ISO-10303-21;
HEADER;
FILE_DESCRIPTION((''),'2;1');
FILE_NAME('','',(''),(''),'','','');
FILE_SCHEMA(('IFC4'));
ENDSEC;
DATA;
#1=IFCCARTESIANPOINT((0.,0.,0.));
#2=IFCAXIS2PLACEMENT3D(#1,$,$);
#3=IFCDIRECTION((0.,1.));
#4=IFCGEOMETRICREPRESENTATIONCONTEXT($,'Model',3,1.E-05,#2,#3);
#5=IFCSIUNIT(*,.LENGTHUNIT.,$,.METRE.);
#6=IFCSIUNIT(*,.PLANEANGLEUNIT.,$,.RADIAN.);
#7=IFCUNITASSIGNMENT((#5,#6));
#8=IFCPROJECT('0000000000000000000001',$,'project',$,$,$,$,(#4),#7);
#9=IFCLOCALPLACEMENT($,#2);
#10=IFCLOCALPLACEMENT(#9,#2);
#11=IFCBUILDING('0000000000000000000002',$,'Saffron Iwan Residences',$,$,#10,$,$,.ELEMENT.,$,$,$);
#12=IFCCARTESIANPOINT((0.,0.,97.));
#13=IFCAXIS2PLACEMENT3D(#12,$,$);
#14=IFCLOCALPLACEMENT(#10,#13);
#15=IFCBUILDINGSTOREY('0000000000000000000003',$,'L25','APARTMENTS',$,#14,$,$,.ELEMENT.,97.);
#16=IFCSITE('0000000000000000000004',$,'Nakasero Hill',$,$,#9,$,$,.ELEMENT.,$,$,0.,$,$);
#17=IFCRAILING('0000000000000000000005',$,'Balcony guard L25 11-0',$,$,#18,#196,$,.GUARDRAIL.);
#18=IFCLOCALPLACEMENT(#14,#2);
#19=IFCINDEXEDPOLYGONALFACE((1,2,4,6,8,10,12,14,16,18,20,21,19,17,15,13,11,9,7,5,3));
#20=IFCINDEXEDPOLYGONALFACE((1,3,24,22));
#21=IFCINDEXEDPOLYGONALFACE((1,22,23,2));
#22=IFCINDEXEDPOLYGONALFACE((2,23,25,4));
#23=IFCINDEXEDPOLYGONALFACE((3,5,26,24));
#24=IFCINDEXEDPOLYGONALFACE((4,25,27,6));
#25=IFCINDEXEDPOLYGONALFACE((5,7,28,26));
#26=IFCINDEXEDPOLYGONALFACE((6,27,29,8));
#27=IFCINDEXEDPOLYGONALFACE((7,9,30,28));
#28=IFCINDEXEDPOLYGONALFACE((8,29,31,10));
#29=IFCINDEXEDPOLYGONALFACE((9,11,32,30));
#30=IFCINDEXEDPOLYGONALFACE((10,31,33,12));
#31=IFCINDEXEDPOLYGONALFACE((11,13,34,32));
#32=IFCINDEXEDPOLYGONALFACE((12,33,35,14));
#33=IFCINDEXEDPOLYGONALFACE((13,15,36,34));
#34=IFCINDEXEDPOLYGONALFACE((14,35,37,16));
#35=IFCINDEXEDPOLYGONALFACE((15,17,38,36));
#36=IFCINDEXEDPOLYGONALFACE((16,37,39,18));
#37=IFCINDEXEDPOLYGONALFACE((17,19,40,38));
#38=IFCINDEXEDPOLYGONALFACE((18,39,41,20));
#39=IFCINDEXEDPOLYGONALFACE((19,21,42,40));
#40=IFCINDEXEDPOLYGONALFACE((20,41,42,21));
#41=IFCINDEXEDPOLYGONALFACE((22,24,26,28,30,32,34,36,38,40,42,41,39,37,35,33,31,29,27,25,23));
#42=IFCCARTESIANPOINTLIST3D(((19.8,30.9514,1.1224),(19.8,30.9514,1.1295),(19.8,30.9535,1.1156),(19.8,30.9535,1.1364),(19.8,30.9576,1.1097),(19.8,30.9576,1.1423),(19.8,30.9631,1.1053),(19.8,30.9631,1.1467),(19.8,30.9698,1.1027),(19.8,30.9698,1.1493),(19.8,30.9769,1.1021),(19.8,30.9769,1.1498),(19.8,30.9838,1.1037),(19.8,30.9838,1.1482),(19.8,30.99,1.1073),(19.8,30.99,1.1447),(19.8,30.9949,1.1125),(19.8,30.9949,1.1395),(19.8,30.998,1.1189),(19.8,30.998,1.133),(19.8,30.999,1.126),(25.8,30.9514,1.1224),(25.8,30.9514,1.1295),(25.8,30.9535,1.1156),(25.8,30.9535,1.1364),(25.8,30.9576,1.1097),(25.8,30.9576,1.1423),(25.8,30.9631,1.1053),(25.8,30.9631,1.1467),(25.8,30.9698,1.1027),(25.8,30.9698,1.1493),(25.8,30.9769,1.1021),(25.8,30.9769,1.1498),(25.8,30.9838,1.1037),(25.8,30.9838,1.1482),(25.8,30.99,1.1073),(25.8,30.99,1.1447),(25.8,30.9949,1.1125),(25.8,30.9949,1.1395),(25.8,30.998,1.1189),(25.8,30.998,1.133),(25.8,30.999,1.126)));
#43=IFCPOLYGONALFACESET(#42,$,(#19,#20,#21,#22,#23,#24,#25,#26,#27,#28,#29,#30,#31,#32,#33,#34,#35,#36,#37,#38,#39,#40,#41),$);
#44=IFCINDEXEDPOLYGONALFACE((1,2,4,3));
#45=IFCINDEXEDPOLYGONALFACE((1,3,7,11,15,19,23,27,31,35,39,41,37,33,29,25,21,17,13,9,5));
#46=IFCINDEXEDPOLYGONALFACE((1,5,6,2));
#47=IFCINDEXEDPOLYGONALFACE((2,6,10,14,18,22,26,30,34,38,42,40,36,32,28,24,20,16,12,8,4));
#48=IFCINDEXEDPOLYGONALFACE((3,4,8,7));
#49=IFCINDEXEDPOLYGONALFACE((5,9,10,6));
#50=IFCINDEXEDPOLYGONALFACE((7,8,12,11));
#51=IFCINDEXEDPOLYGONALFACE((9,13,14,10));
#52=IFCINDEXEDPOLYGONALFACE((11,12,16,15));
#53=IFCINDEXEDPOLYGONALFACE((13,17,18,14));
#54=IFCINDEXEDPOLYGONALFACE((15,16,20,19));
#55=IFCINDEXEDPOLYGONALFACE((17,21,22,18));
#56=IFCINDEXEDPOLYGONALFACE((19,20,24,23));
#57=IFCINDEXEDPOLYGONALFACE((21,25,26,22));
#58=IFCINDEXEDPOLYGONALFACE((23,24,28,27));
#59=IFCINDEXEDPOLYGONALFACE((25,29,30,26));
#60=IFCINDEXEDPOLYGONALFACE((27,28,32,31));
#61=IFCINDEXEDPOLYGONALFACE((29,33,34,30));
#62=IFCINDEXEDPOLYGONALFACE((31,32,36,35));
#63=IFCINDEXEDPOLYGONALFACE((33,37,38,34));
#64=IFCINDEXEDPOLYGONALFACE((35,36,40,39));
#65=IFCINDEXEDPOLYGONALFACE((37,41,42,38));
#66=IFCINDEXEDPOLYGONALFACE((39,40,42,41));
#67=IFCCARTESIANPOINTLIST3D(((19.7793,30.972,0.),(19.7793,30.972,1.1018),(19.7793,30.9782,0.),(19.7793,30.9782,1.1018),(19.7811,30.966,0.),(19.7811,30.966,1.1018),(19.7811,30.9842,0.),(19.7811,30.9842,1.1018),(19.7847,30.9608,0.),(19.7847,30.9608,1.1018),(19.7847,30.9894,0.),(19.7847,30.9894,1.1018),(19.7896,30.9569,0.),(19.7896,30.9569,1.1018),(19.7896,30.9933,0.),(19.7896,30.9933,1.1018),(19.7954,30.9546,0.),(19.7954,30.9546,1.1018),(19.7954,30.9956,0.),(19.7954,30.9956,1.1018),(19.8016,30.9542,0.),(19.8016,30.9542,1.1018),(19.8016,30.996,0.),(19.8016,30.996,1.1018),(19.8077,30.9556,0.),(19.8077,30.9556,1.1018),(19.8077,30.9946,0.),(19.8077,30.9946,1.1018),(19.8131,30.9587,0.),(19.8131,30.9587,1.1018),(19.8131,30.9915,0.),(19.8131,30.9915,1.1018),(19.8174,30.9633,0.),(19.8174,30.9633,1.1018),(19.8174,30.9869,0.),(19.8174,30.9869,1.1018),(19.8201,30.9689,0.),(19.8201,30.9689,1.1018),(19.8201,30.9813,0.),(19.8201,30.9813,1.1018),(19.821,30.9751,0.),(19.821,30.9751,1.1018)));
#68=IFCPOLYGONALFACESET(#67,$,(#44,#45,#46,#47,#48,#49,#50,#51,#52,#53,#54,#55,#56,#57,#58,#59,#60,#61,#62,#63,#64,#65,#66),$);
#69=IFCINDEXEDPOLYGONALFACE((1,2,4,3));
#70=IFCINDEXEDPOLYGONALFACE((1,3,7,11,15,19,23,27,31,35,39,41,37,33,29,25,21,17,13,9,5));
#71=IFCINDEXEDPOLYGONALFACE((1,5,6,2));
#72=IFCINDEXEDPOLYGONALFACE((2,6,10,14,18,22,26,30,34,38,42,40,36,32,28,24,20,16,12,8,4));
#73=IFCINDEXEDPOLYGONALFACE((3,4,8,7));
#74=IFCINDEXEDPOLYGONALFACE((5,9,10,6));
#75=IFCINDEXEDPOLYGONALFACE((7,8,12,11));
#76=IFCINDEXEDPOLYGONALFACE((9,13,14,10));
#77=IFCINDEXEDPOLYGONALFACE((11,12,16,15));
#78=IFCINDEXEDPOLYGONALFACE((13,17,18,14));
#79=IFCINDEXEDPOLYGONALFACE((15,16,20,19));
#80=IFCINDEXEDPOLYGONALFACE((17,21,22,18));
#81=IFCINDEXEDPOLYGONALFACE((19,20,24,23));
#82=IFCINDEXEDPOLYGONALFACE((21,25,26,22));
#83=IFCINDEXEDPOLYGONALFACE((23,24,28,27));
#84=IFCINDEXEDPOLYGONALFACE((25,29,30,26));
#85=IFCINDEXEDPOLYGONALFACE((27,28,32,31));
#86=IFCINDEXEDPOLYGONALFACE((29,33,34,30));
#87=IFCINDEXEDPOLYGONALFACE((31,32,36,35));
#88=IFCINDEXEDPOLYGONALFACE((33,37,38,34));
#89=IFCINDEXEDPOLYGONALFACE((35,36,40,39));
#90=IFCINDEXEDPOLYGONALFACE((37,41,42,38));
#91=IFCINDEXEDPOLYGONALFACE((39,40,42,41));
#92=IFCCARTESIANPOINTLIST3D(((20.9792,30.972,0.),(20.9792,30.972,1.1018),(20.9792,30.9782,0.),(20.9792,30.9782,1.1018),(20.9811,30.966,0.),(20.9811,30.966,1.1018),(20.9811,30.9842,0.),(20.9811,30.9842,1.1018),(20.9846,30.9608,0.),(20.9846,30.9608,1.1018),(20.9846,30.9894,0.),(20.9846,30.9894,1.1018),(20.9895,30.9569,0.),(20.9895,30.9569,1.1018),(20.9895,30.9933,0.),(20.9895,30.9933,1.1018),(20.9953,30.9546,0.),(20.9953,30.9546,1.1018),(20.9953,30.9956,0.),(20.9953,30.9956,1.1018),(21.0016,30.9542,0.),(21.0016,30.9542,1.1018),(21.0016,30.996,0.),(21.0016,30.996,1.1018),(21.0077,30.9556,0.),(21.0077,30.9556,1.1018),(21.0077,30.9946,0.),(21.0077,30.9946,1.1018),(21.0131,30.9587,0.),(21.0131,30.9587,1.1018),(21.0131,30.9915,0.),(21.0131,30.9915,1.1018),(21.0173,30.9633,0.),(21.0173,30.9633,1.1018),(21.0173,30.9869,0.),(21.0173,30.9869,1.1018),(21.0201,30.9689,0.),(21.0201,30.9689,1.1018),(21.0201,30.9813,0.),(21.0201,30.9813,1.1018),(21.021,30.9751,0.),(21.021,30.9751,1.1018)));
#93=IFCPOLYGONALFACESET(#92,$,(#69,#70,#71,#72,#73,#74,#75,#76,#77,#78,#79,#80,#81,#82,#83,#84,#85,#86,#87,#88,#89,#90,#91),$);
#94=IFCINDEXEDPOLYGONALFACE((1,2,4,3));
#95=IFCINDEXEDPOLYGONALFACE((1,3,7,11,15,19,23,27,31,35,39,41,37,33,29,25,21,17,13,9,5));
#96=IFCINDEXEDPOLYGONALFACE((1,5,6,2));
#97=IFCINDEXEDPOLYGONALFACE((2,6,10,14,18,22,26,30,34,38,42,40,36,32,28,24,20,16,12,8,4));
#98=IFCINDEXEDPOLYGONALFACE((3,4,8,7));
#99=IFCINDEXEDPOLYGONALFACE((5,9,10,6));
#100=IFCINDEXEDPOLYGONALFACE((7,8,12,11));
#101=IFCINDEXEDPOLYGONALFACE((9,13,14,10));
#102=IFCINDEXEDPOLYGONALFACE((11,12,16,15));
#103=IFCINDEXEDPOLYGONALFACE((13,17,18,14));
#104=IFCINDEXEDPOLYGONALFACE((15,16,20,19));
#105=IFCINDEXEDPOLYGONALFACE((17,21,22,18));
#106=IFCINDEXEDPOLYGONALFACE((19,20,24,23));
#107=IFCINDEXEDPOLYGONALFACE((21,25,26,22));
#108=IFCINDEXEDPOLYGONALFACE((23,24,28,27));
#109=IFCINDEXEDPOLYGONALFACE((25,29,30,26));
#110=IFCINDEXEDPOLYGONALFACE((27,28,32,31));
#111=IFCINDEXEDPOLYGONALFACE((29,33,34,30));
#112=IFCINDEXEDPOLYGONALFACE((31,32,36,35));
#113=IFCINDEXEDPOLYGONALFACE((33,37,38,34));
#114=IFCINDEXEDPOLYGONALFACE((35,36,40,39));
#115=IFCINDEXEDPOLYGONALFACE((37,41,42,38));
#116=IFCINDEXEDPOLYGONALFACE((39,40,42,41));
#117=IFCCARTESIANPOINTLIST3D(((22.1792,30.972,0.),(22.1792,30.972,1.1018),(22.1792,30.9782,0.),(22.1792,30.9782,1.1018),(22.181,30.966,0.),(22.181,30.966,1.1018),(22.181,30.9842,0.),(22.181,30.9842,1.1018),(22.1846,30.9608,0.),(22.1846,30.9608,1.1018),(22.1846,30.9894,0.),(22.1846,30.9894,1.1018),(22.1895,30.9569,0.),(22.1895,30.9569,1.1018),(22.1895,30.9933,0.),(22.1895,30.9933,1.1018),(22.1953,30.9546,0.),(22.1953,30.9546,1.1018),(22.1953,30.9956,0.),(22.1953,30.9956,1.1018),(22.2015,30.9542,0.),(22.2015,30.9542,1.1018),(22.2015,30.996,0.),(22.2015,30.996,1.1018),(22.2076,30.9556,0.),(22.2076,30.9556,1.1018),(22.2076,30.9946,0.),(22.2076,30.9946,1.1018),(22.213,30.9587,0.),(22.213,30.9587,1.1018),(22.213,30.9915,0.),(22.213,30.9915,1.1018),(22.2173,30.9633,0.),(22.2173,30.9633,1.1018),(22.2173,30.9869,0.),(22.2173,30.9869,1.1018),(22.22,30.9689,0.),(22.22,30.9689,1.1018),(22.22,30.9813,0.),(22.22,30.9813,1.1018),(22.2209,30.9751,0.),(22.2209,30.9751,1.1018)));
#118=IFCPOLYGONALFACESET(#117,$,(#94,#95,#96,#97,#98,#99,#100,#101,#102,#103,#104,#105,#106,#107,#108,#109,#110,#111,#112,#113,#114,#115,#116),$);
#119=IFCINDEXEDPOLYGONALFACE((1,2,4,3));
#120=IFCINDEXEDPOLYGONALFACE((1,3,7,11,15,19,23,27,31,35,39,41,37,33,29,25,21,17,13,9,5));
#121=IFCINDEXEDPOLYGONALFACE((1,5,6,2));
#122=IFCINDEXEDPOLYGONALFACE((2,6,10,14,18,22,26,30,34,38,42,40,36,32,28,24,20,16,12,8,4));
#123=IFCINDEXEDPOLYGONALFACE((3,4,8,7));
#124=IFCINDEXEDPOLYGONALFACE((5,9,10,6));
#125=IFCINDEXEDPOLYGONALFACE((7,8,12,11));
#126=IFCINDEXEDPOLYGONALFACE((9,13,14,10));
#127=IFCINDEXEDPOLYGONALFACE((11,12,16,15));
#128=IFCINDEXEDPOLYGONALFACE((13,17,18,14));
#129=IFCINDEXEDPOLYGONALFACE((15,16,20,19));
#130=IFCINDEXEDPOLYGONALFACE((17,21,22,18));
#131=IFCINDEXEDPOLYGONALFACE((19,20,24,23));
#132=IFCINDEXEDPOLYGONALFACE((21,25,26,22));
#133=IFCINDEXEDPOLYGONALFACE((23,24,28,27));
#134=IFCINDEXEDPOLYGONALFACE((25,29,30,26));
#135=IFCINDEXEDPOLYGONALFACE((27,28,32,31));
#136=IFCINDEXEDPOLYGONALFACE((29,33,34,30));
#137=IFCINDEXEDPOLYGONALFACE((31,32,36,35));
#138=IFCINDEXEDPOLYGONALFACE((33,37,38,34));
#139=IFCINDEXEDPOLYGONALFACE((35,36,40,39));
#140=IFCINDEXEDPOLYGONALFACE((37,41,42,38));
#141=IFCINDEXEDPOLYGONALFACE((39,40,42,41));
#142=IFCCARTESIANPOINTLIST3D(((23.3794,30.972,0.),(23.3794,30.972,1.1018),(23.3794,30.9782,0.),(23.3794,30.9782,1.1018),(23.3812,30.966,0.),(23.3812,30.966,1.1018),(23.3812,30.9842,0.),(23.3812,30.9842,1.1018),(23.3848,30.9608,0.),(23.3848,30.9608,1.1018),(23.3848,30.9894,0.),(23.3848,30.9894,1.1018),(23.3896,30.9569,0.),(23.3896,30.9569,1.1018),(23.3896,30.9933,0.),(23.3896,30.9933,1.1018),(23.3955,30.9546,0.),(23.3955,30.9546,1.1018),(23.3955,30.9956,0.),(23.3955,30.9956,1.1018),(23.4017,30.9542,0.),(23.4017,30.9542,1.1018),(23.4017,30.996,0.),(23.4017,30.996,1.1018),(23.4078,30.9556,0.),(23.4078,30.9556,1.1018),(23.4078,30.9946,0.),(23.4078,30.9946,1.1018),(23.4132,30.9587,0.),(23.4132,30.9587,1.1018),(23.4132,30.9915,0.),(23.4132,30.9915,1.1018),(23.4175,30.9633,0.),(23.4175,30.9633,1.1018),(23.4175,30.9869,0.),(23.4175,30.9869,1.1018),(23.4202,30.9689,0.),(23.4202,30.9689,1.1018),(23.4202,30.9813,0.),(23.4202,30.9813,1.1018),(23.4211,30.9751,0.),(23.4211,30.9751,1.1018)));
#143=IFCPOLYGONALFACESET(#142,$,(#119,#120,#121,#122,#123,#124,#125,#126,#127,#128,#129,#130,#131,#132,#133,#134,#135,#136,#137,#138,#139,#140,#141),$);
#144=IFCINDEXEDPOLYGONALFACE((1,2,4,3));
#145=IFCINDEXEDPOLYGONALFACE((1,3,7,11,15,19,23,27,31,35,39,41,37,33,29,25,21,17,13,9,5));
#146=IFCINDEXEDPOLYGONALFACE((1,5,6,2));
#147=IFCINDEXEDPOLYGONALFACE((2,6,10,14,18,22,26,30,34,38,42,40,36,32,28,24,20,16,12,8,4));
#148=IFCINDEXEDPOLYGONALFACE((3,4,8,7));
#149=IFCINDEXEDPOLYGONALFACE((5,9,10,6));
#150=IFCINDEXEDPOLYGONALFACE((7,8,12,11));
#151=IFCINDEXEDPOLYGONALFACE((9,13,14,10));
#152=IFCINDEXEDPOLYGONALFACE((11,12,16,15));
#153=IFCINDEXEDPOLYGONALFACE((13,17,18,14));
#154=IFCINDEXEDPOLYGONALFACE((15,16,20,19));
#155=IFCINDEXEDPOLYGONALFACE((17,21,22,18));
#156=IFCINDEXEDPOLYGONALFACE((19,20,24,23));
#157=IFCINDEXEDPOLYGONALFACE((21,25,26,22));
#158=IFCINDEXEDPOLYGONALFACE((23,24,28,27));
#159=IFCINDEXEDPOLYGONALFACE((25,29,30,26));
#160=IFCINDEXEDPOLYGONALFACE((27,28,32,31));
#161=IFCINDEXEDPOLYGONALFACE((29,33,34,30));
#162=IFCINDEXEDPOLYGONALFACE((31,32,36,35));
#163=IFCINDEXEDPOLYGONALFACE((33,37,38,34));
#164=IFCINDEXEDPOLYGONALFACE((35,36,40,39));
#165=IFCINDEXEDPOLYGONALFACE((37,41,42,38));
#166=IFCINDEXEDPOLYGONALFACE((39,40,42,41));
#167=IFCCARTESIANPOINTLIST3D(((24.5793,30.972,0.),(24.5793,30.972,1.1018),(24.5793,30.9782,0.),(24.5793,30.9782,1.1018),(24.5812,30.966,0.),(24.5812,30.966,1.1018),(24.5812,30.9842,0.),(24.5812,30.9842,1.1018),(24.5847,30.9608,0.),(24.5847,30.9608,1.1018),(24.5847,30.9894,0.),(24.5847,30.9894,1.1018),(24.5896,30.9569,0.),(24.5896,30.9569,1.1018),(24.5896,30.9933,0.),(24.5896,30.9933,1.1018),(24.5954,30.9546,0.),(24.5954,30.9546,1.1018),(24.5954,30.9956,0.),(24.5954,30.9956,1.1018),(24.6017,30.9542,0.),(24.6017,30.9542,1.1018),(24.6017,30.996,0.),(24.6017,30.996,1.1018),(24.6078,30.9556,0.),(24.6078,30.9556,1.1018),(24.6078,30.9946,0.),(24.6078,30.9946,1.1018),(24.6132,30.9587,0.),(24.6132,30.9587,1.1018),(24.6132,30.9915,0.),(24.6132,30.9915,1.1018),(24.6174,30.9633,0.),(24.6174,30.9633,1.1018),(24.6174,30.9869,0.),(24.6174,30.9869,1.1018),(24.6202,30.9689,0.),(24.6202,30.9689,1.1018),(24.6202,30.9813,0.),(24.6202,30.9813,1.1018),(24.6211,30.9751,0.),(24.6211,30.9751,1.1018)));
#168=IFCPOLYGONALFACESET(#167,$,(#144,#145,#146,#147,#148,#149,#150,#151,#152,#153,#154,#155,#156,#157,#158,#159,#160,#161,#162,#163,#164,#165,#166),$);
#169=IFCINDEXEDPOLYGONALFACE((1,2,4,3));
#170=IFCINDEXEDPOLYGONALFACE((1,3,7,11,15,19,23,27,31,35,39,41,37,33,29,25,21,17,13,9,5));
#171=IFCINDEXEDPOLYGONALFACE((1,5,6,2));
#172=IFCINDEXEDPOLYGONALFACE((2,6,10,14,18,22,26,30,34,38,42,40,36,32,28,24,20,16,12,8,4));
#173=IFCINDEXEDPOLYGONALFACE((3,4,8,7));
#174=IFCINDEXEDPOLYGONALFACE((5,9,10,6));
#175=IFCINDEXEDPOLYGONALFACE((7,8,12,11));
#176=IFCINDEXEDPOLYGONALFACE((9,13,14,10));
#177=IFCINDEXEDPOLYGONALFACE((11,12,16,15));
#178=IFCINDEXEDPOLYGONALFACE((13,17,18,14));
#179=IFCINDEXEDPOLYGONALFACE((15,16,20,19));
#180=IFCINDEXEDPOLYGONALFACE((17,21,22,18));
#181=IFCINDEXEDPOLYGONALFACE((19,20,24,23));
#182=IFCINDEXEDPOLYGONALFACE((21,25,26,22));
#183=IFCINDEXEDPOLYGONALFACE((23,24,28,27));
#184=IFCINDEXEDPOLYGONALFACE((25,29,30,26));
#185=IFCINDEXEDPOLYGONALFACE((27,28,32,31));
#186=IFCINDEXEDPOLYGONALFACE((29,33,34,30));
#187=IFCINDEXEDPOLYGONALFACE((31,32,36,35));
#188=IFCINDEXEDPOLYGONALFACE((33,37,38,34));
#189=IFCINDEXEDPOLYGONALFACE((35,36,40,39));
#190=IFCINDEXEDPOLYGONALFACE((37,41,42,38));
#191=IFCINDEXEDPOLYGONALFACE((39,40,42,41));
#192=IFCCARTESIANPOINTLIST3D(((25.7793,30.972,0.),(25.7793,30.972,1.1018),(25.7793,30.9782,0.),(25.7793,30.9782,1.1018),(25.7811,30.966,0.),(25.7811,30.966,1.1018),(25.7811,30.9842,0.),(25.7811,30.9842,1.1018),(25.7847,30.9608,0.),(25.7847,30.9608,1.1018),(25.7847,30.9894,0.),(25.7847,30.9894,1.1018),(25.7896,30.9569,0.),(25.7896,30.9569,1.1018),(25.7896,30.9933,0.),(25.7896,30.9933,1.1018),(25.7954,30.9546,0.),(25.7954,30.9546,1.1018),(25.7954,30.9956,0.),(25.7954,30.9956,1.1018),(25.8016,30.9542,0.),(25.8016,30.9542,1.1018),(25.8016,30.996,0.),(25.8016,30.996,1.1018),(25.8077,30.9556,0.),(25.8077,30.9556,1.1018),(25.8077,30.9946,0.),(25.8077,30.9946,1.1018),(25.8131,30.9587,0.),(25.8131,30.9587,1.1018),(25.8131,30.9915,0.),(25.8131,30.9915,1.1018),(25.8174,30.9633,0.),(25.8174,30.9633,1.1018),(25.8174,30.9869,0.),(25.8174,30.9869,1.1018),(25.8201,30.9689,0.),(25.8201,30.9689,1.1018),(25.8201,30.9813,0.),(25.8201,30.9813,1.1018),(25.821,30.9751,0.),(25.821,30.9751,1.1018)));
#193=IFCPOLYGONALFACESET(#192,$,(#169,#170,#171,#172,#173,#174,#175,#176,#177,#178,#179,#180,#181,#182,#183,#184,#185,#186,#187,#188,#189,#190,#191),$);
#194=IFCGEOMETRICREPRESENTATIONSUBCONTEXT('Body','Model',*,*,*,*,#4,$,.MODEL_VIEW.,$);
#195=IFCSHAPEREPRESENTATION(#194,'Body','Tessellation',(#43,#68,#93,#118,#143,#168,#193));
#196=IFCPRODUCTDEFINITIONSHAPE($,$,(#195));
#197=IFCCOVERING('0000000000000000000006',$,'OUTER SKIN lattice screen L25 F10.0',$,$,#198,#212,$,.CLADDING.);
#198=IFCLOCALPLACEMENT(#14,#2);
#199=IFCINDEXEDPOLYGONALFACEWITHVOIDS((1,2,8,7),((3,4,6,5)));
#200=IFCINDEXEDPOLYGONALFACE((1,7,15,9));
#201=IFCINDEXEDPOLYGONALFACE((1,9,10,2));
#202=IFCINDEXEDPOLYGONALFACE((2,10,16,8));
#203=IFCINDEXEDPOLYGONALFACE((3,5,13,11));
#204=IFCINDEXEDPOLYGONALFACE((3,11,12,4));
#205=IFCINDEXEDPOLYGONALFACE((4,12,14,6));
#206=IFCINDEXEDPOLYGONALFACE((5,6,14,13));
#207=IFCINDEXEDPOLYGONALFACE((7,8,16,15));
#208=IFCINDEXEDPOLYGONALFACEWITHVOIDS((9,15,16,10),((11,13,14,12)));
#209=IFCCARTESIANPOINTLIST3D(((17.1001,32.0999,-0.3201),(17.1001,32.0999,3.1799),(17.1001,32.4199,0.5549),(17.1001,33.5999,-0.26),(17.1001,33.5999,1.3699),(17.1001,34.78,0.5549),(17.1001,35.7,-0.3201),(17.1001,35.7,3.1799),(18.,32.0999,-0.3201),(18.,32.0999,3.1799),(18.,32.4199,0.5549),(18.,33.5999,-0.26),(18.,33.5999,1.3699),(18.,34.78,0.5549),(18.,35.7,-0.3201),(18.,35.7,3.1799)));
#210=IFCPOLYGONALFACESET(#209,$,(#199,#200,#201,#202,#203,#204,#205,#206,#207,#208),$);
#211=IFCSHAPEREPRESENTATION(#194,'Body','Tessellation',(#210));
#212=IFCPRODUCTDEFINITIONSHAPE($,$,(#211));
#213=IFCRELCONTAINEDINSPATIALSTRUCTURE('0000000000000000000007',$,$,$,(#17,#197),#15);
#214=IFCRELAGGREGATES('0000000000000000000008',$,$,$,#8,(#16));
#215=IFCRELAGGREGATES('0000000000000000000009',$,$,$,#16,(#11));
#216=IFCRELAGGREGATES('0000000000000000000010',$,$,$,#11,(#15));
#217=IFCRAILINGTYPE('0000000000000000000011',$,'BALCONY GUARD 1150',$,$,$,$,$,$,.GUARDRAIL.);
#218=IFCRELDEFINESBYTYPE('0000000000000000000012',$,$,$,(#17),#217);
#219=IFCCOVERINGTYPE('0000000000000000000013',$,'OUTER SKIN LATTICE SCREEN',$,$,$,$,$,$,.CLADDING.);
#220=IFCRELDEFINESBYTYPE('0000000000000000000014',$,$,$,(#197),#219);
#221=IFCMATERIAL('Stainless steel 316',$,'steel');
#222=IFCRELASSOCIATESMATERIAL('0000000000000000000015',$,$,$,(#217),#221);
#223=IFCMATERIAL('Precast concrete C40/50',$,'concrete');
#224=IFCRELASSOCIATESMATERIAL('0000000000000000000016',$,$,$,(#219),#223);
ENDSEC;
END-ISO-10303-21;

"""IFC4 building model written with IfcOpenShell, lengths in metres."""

from ifc_helpers import new_model, si_unit, direction, frame, origin, origin_2d, place, context, subcontext, project, spatial, polyline, circle, outline, extrude, material, type_object, element, save


model = new_model("IFC4")

# Units and contexts
model_context = context("Model", 3, precision=1e-05, world=origin(), true_north=direction((0.0, 1.0)))
body_context = subcontext(model_context, "Body", "Model", "MODEL_VIEW")
ifc_project = project(units=[si_unit("LENGTHUNIT", "METRE"), si_unit("PLANEANGLEUNIT", "RADIAN")], contexts=[model_context])

# Site, building, storey
site_placement = place(None, origin())
site = spatial("IfcSite", under=ifc_project, at=site_placement, Name="Nakasero Hill", CompositionType="ELEMENT", RefElevation=0.0)
building_placement = place(site_placement, origin())
building = spatial("IfcBuilding", under=site, at=building_placement, Name="Saffron Iwan Residences", CompositionType="ELEMENT")
storey_placement = place(building_placement, frame((0.0, 0.0, 97.0)))
storey = spatial("IfcBuildingStorey", under=building, at=storey_placement, Name="L25", Description="APARTMENTS", CompositionType="ELEMENT", Elevation=97.0)

# Railing
ifc_material_1 = material(Name="Stainless steel 316", Category="steel")
railing_type = type_object("IfcRailingType", Name="BALCONY GUARD 1150", PredefinedType="GUARDRAIL", material=ifc_material_1)
railing_placement = place(storey_placement, frame((19.8, 30.9751, 0.0)))
element("IfcRailing", 1, at=railing_placement, inside=storey, type_object=railing_type, Name="Balcony guard L25 11-0", PredefinedType="GUARDRAIL", context=body_context, shape_type="SweptSolid", body=[
    extrude(circle(Radius=0.0239, at=origin_2d()), frame((0.0, 0.0, 1.126), z_axis=(1.0, 0.0, 0.0), x_axis=(0.0, 1.0, 0.0)), (0.0, 0.0, 1.0), 6.0),
    extrude(circle(Radius=0.021, at=origin_2d()), origin(), (0.0, 0.0, 1.0), 1.1018),
    extrude(circle(Radius=0.021, at=origin_2d()), frame((1.2, 0.0, 0.0)), (0.0, 0.0, 1.0), 1.1018),
    extrude(circle(Radius=0.021, at=origin_2d()), frame((2.3999, 0.0, 0.0)), (0.0, 0.0, 1.0), 1.1018),
    extrude(circle(Radius=0.021, at=origin_2d()), frame((3.6001, 0.0, 0.0)), (0.0, 0.0, 1.0), 1.1018),
    extrude(circle(Radius=0.021, at=origin_2d()), frame((4.8, 0.0, 0.0)), (0.0, 0.0, 1.0), 1.1018),
    extrude(circle(Radius=0.021, at=origin_2d()), frame((6.0, 0.0, 0.0)), (0.0, 0.0, 1.0), 1.1018),
])

# Covering
ifc_material_2 = material(Name="Precast concrete C40/50", Category="concrete")
covering_type = type_object("IfcCoveringType", Name="OUTER SKIN LATTICE SCREEN", PredefinedType="CLADDING", material=ifc_material_2)
covering_1_placement = place(storey_placement, frame((18.0, 35.7, -0.3201), z_axis=(-1.0, 0.0, 0.0), x_axis=(0.0, -1.0, 0.0)))
element("IfcCovering", 2, at=covering_1_placement, inside=storey, type_object=covering_type, Name="OUTER SKIN lattice screen L25 F10.0", PredefinedType="CLADDING", context=body_context, shape_type="SweptSolid", body=[
    extrude(outline(polyline([(0.0, 0.0), (3.6001, 0.0), (3.6001, 3.5), (0.0, 3.5), (0.0, 0.0)]), holes=[polyline([(0.9199, 0.875), (2.1001, 0.0601), (3.28, 0.875), (2.1001, 1.6899), (0.9199, 0.875)])]), origin(), (0.0, 0.0, 1.0), 0.8999),
])

save(model, "model.ifc")
